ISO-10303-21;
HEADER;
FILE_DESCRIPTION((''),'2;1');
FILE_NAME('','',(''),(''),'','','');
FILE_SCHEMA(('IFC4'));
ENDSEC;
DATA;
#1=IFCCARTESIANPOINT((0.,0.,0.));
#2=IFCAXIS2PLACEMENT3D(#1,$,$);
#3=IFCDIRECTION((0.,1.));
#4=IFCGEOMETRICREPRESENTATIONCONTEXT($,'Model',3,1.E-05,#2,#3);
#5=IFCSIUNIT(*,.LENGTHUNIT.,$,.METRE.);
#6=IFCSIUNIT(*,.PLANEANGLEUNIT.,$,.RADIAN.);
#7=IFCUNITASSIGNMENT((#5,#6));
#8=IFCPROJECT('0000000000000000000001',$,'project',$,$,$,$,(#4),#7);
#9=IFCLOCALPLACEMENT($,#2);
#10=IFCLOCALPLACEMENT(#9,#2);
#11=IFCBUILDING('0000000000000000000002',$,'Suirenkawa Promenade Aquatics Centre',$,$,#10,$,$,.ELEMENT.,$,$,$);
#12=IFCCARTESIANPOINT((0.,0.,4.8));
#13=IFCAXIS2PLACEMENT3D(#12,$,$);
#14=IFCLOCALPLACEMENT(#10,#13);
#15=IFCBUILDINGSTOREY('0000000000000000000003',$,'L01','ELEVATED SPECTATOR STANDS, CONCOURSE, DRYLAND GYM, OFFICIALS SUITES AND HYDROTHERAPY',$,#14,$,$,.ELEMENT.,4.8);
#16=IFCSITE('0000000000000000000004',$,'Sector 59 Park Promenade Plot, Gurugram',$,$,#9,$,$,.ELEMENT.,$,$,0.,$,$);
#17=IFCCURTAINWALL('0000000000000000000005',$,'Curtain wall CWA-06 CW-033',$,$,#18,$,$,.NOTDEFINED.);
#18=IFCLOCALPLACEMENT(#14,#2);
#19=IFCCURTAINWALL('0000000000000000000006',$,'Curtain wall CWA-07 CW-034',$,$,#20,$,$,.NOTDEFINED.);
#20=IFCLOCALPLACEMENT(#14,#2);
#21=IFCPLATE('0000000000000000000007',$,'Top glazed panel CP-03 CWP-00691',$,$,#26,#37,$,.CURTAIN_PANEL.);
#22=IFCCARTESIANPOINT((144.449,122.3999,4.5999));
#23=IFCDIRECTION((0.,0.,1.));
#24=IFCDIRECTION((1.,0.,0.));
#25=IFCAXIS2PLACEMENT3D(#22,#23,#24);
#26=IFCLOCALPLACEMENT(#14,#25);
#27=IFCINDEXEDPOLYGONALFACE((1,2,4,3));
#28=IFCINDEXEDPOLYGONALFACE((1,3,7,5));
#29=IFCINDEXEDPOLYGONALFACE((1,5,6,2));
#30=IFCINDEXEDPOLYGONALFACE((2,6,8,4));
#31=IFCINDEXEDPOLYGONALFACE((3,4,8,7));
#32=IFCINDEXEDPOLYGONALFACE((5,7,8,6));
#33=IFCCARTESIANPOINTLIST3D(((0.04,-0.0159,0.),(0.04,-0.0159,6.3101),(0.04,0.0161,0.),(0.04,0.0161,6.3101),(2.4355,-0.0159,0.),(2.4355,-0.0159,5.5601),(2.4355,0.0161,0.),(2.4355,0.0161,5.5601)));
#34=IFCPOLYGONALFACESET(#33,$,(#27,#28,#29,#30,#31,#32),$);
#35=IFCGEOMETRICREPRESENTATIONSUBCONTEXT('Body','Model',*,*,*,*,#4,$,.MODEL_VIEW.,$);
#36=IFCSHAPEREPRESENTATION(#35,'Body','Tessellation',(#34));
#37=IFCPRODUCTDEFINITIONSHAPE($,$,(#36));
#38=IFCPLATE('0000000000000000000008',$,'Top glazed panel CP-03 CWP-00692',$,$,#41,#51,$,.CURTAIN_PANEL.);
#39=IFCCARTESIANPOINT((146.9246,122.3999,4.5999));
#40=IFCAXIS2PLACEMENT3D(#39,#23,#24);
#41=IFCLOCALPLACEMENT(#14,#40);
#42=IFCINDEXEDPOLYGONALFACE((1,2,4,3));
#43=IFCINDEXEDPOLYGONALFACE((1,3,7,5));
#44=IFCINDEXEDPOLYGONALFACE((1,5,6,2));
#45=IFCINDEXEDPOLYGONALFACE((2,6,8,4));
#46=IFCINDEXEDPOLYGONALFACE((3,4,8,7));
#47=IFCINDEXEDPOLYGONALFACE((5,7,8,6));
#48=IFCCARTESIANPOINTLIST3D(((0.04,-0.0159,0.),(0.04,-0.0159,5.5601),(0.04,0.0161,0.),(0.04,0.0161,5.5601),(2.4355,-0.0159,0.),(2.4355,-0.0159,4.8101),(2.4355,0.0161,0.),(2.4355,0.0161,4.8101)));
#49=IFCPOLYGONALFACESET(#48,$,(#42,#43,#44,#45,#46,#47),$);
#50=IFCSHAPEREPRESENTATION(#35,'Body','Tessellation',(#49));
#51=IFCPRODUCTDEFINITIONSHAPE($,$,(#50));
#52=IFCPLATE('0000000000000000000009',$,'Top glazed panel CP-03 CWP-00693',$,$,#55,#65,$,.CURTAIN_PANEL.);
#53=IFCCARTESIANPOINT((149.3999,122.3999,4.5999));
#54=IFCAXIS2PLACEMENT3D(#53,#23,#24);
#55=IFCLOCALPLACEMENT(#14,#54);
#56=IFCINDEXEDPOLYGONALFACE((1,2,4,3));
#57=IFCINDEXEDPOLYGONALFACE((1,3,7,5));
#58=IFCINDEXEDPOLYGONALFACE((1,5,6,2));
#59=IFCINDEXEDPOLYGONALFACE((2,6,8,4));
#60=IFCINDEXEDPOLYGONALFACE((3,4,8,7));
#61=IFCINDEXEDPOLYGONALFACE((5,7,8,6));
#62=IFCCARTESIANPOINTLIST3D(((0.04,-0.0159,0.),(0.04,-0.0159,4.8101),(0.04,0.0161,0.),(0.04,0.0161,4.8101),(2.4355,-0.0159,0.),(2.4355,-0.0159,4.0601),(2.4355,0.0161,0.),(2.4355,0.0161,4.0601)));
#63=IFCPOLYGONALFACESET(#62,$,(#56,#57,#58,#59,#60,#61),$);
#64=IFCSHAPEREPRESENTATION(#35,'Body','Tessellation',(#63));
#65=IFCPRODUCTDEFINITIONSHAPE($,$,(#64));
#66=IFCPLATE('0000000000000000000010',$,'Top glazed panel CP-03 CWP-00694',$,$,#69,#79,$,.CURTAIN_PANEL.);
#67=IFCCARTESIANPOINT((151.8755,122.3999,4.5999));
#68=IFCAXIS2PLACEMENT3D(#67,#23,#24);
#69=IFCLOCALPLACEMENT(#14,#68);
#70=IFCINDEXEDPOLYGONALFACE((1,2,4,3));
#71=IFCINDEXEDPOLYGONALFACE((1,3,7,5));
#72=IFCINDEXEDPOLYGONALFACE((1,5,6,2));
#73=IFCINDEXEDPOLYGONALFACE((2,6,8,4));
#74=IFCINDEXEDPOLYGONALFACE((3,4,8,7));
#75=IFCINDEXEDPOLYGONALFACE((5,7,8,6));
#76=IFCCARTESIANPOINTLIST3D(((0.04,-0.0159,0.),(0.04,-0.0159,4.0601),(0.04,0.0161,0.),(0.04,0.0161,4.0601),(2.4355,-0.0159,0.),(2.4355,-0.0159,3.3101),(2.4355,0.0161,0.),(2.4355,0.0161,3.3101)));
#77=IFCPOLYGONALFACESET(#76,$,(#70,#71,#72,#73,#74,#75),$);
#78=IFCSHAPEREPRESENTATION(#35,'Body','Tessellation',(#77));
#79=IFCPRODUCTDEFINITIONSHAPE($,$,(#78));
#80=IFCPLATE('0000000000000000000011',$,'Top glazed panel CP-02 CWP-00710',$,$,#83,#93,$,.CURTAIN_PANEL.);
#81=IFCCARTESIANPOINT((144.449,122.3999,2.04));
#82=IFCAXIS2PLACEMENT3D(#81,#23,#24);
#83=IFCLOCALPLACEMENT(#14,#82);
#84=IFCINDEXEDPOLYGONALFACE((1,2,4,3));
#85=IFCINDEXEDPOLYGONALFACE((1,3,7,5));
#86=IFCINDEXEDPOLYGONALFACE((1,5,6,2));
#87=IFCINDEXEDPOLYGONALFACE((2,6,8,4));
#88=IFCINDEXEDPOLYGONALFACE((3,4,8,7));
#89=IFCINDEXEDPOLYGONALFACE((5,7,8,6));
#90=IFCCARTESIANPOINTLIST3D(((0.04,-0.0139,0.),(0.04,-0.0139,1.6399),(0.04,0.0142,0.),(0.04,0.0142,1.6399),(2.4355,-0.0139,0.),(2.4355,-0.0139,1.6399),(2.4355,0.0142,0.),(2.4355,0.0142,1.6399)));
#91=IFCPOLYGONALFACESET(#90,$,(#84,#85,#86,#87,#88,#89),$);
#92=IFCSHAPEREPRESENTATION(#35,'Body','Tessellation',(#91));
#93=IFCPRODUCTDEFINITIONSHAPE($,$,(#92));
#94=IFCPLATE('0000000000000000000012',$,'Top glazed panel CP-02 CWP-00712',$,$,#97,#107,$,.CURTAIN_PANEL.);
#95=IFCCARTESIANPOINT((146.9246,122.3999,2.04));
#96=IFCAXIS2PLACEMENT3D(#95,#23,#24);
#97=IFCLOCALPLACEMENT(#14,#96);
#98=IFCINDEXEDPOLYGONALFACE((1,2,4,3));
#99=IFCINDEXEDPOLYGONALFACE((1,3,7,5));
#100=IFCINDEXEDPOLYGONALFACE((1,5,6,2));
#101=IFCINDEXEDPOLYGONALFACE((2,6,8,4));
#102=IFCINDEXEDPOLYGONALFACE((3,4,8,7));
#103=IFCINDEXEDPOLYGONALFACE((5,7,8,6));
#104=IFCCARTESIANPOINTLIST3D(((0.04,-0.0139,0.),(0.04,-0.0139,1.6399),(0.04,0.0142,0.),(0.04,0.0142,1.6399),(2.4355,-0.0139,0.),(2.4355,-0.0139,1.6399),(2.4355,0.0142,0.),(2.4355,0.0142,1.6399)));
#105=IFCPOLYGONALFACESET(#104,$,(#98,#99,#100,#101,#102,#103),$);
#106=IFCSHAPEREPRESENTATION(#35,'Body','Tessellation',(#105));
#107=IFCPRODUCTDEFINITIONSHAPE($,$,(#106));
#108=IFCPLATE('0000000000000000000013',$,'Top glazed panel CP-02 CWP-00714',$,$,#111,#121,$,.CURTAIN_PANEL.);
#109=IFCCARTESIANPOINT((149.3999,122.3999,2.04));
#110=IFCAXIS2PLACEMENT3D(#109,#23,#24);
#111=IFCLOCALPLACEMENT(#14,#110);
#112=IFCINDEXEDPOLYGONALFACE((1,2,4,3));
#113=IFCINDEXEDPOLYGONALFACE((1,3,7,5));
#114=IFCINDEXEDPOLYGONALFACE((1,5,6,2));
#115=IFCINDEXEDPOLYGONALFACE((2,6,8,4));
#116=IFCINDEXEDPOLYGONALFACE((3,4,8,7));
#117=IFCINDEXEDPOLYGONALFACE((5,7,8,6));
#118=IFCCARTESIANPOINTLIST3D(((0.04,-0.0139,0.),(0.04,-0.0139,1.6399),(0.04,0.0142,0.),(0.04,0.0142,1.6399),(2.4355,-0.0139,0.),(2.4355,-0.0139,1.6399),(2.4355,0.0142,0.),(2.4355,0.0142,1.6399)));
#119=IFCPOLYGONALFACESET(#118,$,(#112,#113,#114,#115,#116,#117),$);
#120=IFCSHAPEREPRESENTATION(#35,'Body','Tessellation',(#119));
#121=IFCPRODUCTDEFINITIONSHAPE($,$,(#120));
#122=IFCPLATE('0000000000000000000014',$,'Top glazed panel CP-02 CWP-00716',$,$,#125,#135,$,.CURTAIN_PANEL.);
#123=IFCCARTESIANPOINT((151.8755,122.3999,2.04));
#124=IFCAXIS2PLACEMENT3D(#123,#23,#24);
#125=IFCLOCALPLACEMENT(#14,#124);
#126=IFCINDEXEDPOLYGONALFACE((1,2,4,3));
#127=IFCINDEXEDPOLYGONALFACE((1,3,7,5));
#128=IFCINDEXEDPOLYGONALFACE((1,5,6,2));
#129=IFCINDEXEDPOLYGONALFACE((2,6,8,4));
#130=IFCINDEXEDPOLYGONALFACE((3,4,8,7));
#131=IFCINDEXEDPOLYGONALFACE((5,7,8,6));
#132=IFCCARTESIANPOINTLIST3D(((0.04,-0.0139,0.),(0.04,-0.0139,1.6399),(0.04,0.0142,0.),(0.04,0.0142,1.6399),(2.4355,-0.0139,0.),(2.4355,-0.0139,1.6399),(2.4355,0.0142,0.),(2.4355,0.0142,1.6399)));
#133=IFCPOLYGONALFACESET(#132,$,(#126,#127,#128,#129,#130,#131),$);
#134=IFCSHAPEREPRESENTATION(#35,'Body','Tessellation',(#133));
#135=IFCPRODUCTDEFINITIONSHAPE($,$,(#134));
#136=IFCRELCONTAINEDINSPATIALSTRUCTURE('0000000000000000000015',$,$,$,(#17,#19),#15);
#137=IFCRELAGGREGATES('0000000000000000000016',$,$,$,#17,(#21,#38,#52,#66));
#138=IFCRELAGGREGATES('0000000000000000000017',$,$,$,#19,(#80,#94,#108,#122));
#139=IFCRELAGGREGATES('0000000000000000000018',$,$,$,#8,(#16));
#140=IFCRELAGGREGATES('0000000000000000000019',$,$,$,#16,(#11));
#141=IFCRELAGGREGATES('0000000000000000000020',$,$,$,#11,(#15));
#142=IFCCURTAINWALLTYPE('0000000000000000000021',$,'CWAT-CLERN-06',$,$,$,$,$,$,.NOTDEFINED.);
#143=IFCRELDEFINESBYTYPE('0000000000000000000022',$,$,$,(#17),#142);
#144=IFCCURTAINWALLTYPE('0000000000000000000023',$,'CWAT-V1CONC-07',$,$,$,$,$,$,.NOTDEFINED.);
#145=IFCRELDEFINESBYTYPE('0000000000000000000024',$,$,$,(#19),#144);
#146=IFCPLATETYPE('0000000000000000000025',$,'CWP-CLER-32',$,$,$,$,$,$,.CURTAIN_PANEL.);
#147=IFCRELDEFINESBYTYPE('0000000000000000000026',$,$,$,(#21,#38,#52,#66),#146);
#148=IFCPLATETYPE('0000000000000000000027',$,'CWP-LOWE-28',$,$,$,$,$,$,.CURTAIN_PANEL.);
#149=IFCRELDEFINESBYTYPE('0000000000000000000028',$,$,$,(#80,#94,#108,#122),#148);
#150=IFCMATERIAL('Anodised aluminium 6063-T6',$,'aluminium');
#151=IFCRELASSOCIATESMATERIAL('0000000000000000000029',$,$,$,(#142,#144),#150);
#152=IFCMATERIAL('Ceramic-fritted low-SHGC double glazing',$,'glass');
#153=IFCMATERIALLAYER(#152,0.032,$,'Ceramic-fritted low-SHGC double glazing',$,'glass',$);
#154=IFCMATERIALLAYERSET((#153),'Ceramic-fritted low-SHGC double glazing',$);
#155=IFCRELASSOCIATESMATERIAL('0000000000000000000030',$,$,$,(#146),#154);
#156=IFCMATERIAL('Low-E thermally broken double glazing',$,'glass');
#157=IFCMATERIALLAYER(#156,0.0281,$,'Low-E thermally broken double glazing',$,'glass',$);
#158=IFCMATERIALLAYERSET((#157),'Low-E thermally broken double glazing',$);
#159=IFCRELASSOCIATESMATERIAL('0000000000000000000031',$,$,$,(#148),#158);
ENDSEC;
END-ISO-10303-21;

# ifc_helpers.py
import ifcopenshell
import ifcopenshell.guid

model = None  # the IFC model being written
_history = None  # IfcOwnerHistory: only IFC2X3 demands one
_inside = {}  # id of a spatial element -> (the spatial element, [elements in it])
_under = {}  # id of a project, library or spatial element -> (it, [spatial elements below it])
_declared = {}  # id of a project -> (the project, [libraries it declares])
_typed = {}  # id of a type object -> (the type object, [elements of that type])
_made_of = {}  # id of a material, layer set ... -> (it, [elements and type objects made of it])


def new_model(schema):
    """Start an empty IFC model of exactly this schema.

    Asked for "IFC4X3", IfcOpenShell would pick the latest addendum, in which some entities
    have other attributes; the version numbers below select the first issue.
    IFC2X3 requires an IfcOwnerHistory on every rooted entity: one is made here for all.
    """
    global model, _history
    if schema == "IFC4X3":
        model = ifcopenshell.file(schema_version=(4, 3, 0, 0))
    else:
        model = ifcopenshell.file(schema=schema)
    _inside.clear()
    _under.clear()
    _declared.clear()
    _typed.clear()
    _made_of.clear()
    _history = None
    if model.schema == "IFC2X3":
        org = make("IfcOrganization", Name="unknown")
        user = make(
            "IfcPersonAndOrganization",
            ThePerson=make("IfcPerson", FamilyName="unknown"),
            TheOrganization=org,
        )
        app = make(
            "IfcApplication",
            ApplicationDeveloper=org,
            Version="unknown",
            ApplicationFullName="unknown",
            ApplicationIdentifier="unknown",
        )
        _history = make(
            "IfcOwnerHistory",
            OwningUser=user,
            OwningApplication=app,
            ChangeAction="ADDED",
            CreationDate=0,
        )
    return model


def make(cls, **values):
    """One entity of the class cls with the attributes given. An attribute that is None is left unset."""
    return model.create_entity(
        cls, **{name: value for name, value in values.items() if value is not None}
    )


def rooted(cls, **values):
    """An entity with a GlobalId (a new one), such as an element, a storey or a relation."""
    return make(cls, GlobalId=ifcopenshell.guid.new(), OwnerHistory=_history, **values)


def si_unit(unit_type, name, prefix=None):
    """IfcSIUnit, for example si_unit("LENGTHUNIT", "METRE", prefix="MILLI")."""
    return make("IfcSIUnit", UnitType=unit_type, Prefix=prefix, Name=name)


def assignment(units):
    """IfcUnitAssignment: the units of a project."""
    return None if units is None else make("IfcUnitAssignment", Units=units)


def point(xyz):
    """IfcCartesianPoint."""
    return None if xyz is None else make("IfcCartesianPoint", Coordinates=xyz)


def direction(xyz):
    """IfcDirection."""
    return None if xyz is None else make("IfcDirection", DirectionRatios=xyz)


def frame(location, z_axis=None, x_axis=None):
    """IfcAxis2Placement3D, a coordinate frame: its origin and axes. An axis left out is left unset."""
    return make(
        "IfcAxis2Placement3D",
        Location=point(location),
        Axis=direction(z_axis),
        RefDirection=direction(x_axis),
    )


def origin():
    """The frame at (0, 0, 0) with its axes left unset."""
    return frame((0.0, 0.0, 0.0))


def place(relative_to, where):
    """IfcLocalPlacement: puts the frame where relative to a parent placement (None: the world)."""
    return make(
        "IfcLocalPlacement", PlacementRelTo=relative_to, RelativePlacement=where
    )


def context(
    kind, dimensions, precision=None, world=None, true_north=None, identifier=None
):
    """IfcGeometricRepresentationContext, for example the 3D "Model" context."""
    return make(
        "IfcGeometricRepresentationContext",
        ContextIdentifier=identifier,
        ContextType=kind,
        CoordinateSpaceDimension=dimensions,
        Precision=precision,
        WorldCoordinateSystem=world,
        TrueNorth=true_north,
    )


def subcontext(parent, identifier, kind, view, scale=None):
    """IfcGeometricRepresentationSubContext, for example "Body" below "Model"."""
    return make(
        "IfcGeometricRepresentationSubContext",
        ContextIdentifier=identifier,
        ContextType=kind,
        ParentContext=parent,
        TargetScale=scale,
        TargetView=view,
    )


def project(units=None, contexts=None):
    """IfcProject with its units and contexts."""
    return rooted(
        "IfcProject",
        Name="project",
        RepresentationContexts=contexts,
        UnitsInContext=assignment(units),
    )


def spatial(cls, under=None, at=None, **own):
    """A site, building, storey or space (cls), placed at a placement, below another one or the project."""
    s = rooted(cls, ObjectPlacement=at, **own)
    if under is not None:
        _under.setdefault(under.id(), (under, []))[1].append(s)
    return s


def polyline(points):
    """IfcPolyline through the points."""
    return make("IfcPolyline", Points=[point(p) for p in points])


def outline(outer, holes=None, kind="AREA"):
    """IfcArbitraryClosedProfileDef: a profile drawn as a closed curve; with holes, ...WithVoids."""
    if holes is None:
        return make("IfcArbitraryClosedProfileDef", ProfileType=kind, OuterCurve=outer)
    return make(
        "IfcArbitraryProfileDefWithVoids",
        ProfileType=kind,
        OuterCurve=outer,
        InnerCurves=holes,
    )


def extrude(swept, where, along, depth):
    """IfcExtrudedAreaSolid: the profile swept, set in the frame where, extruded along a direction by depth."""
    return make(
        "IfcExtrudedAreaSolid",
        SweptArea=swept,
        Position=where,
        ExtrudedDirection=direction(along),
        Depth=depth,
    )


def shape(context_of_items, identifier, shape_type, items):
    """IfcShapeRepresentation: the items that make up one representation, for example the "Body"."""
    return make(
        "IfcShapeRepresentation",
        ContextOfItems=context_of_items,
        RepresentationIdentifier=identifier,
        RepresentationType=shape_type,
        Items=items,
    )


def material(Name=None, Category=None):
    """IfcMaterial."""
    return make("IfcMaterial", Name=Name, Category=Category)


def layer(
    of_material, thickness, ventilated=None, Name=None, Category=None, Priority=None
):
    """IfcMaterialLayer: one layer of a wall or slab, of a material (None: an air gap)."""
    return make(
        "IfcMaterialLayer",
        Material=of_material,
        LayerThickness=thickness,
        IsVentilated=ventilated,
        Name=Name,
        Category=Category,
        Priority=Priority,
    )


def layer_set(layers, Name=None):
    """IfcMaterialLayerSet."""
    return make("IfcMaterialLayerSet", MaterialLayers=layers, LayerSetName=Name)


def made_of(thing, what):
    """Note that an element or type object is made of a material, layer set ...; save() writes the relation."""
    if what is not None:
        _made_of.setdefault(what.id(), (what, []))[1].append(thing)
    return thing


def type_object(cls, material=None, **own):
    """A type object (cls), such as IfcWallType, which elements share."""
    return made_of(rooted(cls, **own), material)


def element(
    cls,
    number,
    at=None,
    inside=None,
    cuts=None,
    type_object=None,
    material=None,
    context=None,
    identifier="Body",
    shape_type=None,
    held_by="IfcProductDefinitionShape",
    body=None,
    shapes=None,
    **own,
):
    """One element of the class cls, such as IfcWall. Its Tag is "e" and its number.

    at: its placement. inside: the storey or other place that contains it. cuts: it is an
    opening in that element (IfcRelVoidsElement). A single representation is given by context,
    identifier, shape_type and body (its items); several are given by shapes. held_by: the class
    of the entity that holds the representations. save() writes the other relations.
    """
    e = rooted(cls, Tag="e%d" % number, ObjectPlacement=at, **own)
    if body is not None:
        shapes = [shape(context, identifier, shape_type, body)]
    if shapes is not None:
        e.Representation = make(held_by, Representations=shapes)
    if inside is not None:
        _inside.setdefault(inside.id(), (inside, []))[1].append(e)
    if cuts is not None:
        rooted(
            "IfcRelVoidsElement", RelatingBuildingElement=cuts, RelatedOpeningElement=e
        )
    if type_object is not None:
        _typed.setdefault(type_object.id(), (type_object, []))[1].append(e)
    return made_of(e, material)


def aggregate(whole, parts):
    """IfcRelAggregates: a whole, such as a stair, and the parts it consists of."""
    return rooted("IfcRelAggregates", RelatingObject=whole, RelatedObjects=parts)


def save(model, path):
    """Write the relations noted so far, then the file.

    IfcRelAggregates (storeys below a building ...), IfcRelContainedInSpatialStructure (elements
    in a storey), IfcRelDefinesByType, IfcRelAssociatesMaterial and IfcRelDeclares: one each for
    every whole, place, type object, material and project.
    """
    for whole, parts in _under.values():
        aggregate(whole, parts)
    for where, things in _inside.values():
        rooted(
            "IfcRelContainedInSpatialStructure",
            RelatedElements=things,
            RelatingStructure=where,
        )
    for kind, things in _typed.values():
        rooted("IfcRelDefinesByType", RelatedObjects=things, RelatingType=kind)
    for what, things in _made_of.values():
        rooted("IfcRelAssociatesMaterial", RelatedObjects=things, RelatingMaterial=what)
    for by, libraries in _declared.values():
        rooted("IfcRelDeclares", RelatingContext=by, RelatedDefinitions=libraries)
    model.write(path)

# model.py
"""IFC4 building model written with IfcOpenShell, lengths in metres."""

from ifc_helpers import new_model, si_unit, direction, frame, origin, place, context, subcontext, project, spatial, polyline, outline, extrude, material, layer, layer_set, type_object, element, aggregate, save


model = new_model("IFC4")

# Units and contexts
model_context = context("Model", 3, precision=1e-05, world=origin(), true_north=direction((0.0, 1.0)))
body_context = subcontext(model_context, "Body", "Model", "MODEL_VIEW")
ifc_project = project(units=[si_unit("LENGTHUNIT", "METRE"), si_unit("PLANEANGLEUNIT", "RADIAN")], contexts=[model_context])

# Site, building, storey
site_placement = place(None, origin())
site = spatial("IfcSite", under=ifc_project, at=site_placement, Name="Sector 59 Park Promenade Plot, Gurugram", CompositionType="ELEMENT", RefElevation=0.0)
building_placement = place(site_placement, origin())
building = spatial("IfcBuilding", under=site, at=building_placement, Name="Suirenkawa Promenade Aquatics Centre", CompositionType="ELEMENT")
storey_placement = place(building_placement, frame((0.0, 0.0, 4.8)))
storey = spatial("IfcBuildingStorey", under=building, at=storey_placement, Name="L01", Description="ELEVATED SPECTATOR STANDS, CONCOURSE, DRYLAND GYM, OFFICIALS SUITES AND HYDROTHERAPY", CompositionType="ELEMENT", Elevation=4.8)

# Curtain walls
ifc_material_1 = material(Name="Anodised aluminium 6063-T6", Category="aluminium")
curtain_wall_type_1 = type_object("IfcCurtainWallType", Name="CWAT-CLERN-06", PredefinedType="NOTDEFINED", material=ifc_material_1)
curtain_wall_1_placement = place(storey_placement, origin())
curtain_wall_1 = element("IfcCurtainWall", 1, at=curtain_wall_1_placement, inside=storey, type_object=curtain_wall_type_1, Name="Curtain wall CWA-06 CW-033", PredefinedType="NOTDEFINED")
curtain_wall_type_2 = type_object("IfcCurtainWallType", Name="CWAT-V1CONC-07", PredefinedType="NOTDEFINED", material=ifc_material_1)
curtain_wall_2_placement = place(storey_placement, origin())
curtain_wall_2 = element("IfcCurtainWall", 2, at=curtain_wall_2_placement, inside=storey, type_object=curtain_wall_type_2, Name="Curtain wall CWA-07 CW-034", PredefinedType="NOTDEFINED")

# Plates
ifc_material_2 = material(Name="Ceramic-fritted low-SHGC double glazing", Category="glass")
ifc_layer_1 = layer(ifc_material_2, 0.032, Name="Ceramic-fritted low-SHGC double glazing", Category="glass")
ifc_layer_set_1 = layer_set([ifc_layer_1], Name="Ceramic-fritted low-SHGC double glazing")
plate_type_1 = type_object("IfcPlateType", Name="CWP-CLER-32", PredefinedType="CURTAIN_PANEL", material=ifc_layer_set_1)
plate_1_placement = place(storey_placement, frame((144.449, 122.3999, 4.5999), z_axis=(0.0, 0.0, 1.0), x_axis=(1.0, 0.0, 0.0)))
plate_1 = element("IfcPlate", 3, at=plate_1_placement, type_object=plate_type_1, Name="Top glazed panel CP-03 CWP-00691", PredefinedType="CURTAIN_PANEL", context=body_context, shape_type="SweptSolid", body=[
    extrude(outline(polyline([(0.04, 0.0), (2.4355, 0.0), (2.4355, 5.5601), (0.04, 6.3101), (0.04, 0.0)])), frame((0.0, 0.0161, 0.0), z_axis=(0.0, -1.0, 0.0), x_axis=(1.0, 0.0, 0.0)), (0.0, 0.0, 1.0), 0.032),
])
plate_2_placement = place(storey_placement, frame((146.9246, 122.3999, 4.5999), z_axis=(0.0, 0.0, 1.0), x_axis=(1.0, 0.0, 0.0)))
plate_2 = element("IfcPlate", 4, at=plate_2_placement, type_object=plate_type_1, Name="Top glazed panel CP-03 CWP-00692", PredefinedType="CURTAIN_PANEL", context=body_context, shape_type="SweptSolid", body=[
    extrude(outline(polyline([(0.04, 0.0), (2.4355, 0.0), (2.4355, 4.8101), (0.04, 5.5601), (0.04, 0.0)])), frame((0.0, 0.0161, 0.0), z_axis=(0.0, -1.0, 0.0), x_axis=(1.0, 0.0, 0.0)), (0.0, 0.0, 1.0), 0.032),
])
plate_3_placement = place(storey_placement, frame((149.3999, 122.3999, 4.5999), z_axis=(0.0, 0.0, 1.0), x_axis=(1.0, 0.0, 0.0)))
plate_3 = element("IfcPlate", 5, at=plate_3_placement, type_object=plate_type_1, Name="Top glazed panel CP-03 CWP-00693", PredefinedType="CURTAIN_PANEL", context=body_context, shape_type="SweptSolid", body=[
    extrude(outline(polyline([(0.04, 0.0), (2.4355, 0.0), (2.4355, 4.0601), (0.04, 4.8101), (0.04, 0.0)])), frame((0.0, 0.0161, 0.0), z_axis=(0.0, -1.0, 0.0), x_axis=(1.0, 0.0, 0.0)), (0.0, 0.0, 1.0), 0.032),
])
plate_4_placement = place(storey_placement, frame((151.8755, 122.3999, 4.5999), z_axis=(0.0, 0.0, 1.0), x_axis=(1.0, 0.0, 0.0)))
plate_4 = element("IfcPlate", 6, at=plate_4_placement, type_object=plate_type_1, Name="Top glazed panel CP-03 CWP-00694", PredefinedType="CURTAIN_PANEL", context=body_context, shape_type="SweptSolid", body=[
    extrude(outline(polyline([(0.04, 0.0), (2.4355, 0.0), (2.4355, 3.3101), (0.04, 4.0601), (0.04, 0.0)])), frame((0.0, 0.0161, 0.0), z_axis=(0.0, -1.0, 0.0), x_axis=(1.0, 0.0, 0.0)), (0.0, 0.0, 1.0), 0.032),
])
aggregate(curtain_wall_1, [plate_1, plate_2, plate_3, plate_4])
ifc_material_3 = material(Name="Low-E thermally broken double glazing", Category="glass")
ifc_layer_2 = layer(ifc_material_3, 0.0281, Name="Low-E thermally broken double glazing", Category="glass")
ifc_layer_set_2 = layer_set([ifc_layer_2], Name="Low-E thermally broken double glazing")
plate_type_2 = type_object("IfcPlateType", Name="CWP-LOWE-28", PredefinedType="CURTAIN_PANEL", material=ifc_layer_set_2)
plate_5_placement = place(storey_placement, frame((144.449, 122.3999, 2.04), z_axis=(0.0, 0.0, 1.0), x_axis=(1.0, 0.0, 0.0)))
plate_5 = element("IfcPlate", 7, at=plate_5_placement, type_object=plate_type_2, Name="Top glazed panel CP-02 CWP-00710", PredefinedType="CURTAIN_PANEL", context=body_context, shape_type="SweptSolid", body=[
    extrude(outline(polyline([(0.04, 0.0), (2.4355, 0.0), (2.4355, 1.6399), (0.04, 1.6399), (0.04, 0.0)])), frame((0.0, 0.0142, 0.0), z_axis=(0.0, -1.0, 0.0), x_axis=(1.0, 0.0, 0.0)), (0.0, 0.0, 1.0), 0.0281),
])
plate_6_placement = place(storey_placement, frame((146.9246, 122.3999, 2.04), z_axis=(0.0, 0.0, 1.0), x_axis=(1.0, 0.0, 0.0)))
plate_6 = element("IfcPlate", 8, at=plate_6_placement, type_object=plate_type_2, Name="Top glazed panel CP-02 CWP-00712", PredefinedType="CURTAIN_PANEL", context=body_context, shape_type="SweptSolid", body=[
    extrude(outline(polyline([(0.04, 0.0), (2.4355, 0.0), (2.4355, 1.6399), (0.04, 1.6399), (0.04, 0.0)])), frame((0.0, 0.0142, 0.0), z_axis=(0.0, -1.0, 0.0), x_axis=(1.0, 0.0, 0.0)), (0.0, 0.0, 1.0), 0.0281),
])
plate_7_placement = place(storey_placement, frame((149.3999, 122.3999, 2.04), z_axis=(0.0, 0.0, 1.0), x_axis=(1.0, 0.0, 0.0)))
plate_7 = element("IfcPlate", 9, at=plate_7_placement, type_object=plate_type_2, Name="Top glazed panel CP-02 CWP-00714", PredefinedType="CURTAIN_PANEL", context=body_context, shape_type="SweptSolid", body=[
    extrude(outline(polyline([(0.04, 0.0), (2.4355, 0.0), (2.4355, 1.6399), (0.04, 1.6399), (0.04, 0.0)])), frame((0.0, 0.0142, 0.0), z_axis=(0.0, -1.0, 0.0), x_axis=(1.0, 0.0, 0.0)), (0.0, 0.0, 1.0), 0.0281),
])
plate_8_placement = place(storey_placement, frame((151.8755, 122.3999, 2.04), z_axis=(0.0, 0.0, 1.0), x_axis=(1.0, 0.0, 0.0)))
plate_8 = element("IfcPlate", 10, at=plate_8_placement, type_object=plate_type_2, Name="Top glazed panel CP-02 CWP-00716", PredefinedType="CURTAIN_PANEL", context=body_context, shape_type="SweptSolid", body=[
    extrude(outline(polyline([(0.04, 0.0), (2.4355, 0.0), (2.4355, 1.6399), (0.04, 1.6399), (0.04, 0.0)])), frame((0.0, 0.0142, 0.0), z_axis=(0.0, -1.0, 0.0), x_axis=(1.0, 0.0, 0.0)), (0.0, 0.0, 1.0), 0.0281),
])
aggregate(curtain_wall_2, [plate_5, plate_6, plate_7, plate_8])

save(model, "model.ifc")
